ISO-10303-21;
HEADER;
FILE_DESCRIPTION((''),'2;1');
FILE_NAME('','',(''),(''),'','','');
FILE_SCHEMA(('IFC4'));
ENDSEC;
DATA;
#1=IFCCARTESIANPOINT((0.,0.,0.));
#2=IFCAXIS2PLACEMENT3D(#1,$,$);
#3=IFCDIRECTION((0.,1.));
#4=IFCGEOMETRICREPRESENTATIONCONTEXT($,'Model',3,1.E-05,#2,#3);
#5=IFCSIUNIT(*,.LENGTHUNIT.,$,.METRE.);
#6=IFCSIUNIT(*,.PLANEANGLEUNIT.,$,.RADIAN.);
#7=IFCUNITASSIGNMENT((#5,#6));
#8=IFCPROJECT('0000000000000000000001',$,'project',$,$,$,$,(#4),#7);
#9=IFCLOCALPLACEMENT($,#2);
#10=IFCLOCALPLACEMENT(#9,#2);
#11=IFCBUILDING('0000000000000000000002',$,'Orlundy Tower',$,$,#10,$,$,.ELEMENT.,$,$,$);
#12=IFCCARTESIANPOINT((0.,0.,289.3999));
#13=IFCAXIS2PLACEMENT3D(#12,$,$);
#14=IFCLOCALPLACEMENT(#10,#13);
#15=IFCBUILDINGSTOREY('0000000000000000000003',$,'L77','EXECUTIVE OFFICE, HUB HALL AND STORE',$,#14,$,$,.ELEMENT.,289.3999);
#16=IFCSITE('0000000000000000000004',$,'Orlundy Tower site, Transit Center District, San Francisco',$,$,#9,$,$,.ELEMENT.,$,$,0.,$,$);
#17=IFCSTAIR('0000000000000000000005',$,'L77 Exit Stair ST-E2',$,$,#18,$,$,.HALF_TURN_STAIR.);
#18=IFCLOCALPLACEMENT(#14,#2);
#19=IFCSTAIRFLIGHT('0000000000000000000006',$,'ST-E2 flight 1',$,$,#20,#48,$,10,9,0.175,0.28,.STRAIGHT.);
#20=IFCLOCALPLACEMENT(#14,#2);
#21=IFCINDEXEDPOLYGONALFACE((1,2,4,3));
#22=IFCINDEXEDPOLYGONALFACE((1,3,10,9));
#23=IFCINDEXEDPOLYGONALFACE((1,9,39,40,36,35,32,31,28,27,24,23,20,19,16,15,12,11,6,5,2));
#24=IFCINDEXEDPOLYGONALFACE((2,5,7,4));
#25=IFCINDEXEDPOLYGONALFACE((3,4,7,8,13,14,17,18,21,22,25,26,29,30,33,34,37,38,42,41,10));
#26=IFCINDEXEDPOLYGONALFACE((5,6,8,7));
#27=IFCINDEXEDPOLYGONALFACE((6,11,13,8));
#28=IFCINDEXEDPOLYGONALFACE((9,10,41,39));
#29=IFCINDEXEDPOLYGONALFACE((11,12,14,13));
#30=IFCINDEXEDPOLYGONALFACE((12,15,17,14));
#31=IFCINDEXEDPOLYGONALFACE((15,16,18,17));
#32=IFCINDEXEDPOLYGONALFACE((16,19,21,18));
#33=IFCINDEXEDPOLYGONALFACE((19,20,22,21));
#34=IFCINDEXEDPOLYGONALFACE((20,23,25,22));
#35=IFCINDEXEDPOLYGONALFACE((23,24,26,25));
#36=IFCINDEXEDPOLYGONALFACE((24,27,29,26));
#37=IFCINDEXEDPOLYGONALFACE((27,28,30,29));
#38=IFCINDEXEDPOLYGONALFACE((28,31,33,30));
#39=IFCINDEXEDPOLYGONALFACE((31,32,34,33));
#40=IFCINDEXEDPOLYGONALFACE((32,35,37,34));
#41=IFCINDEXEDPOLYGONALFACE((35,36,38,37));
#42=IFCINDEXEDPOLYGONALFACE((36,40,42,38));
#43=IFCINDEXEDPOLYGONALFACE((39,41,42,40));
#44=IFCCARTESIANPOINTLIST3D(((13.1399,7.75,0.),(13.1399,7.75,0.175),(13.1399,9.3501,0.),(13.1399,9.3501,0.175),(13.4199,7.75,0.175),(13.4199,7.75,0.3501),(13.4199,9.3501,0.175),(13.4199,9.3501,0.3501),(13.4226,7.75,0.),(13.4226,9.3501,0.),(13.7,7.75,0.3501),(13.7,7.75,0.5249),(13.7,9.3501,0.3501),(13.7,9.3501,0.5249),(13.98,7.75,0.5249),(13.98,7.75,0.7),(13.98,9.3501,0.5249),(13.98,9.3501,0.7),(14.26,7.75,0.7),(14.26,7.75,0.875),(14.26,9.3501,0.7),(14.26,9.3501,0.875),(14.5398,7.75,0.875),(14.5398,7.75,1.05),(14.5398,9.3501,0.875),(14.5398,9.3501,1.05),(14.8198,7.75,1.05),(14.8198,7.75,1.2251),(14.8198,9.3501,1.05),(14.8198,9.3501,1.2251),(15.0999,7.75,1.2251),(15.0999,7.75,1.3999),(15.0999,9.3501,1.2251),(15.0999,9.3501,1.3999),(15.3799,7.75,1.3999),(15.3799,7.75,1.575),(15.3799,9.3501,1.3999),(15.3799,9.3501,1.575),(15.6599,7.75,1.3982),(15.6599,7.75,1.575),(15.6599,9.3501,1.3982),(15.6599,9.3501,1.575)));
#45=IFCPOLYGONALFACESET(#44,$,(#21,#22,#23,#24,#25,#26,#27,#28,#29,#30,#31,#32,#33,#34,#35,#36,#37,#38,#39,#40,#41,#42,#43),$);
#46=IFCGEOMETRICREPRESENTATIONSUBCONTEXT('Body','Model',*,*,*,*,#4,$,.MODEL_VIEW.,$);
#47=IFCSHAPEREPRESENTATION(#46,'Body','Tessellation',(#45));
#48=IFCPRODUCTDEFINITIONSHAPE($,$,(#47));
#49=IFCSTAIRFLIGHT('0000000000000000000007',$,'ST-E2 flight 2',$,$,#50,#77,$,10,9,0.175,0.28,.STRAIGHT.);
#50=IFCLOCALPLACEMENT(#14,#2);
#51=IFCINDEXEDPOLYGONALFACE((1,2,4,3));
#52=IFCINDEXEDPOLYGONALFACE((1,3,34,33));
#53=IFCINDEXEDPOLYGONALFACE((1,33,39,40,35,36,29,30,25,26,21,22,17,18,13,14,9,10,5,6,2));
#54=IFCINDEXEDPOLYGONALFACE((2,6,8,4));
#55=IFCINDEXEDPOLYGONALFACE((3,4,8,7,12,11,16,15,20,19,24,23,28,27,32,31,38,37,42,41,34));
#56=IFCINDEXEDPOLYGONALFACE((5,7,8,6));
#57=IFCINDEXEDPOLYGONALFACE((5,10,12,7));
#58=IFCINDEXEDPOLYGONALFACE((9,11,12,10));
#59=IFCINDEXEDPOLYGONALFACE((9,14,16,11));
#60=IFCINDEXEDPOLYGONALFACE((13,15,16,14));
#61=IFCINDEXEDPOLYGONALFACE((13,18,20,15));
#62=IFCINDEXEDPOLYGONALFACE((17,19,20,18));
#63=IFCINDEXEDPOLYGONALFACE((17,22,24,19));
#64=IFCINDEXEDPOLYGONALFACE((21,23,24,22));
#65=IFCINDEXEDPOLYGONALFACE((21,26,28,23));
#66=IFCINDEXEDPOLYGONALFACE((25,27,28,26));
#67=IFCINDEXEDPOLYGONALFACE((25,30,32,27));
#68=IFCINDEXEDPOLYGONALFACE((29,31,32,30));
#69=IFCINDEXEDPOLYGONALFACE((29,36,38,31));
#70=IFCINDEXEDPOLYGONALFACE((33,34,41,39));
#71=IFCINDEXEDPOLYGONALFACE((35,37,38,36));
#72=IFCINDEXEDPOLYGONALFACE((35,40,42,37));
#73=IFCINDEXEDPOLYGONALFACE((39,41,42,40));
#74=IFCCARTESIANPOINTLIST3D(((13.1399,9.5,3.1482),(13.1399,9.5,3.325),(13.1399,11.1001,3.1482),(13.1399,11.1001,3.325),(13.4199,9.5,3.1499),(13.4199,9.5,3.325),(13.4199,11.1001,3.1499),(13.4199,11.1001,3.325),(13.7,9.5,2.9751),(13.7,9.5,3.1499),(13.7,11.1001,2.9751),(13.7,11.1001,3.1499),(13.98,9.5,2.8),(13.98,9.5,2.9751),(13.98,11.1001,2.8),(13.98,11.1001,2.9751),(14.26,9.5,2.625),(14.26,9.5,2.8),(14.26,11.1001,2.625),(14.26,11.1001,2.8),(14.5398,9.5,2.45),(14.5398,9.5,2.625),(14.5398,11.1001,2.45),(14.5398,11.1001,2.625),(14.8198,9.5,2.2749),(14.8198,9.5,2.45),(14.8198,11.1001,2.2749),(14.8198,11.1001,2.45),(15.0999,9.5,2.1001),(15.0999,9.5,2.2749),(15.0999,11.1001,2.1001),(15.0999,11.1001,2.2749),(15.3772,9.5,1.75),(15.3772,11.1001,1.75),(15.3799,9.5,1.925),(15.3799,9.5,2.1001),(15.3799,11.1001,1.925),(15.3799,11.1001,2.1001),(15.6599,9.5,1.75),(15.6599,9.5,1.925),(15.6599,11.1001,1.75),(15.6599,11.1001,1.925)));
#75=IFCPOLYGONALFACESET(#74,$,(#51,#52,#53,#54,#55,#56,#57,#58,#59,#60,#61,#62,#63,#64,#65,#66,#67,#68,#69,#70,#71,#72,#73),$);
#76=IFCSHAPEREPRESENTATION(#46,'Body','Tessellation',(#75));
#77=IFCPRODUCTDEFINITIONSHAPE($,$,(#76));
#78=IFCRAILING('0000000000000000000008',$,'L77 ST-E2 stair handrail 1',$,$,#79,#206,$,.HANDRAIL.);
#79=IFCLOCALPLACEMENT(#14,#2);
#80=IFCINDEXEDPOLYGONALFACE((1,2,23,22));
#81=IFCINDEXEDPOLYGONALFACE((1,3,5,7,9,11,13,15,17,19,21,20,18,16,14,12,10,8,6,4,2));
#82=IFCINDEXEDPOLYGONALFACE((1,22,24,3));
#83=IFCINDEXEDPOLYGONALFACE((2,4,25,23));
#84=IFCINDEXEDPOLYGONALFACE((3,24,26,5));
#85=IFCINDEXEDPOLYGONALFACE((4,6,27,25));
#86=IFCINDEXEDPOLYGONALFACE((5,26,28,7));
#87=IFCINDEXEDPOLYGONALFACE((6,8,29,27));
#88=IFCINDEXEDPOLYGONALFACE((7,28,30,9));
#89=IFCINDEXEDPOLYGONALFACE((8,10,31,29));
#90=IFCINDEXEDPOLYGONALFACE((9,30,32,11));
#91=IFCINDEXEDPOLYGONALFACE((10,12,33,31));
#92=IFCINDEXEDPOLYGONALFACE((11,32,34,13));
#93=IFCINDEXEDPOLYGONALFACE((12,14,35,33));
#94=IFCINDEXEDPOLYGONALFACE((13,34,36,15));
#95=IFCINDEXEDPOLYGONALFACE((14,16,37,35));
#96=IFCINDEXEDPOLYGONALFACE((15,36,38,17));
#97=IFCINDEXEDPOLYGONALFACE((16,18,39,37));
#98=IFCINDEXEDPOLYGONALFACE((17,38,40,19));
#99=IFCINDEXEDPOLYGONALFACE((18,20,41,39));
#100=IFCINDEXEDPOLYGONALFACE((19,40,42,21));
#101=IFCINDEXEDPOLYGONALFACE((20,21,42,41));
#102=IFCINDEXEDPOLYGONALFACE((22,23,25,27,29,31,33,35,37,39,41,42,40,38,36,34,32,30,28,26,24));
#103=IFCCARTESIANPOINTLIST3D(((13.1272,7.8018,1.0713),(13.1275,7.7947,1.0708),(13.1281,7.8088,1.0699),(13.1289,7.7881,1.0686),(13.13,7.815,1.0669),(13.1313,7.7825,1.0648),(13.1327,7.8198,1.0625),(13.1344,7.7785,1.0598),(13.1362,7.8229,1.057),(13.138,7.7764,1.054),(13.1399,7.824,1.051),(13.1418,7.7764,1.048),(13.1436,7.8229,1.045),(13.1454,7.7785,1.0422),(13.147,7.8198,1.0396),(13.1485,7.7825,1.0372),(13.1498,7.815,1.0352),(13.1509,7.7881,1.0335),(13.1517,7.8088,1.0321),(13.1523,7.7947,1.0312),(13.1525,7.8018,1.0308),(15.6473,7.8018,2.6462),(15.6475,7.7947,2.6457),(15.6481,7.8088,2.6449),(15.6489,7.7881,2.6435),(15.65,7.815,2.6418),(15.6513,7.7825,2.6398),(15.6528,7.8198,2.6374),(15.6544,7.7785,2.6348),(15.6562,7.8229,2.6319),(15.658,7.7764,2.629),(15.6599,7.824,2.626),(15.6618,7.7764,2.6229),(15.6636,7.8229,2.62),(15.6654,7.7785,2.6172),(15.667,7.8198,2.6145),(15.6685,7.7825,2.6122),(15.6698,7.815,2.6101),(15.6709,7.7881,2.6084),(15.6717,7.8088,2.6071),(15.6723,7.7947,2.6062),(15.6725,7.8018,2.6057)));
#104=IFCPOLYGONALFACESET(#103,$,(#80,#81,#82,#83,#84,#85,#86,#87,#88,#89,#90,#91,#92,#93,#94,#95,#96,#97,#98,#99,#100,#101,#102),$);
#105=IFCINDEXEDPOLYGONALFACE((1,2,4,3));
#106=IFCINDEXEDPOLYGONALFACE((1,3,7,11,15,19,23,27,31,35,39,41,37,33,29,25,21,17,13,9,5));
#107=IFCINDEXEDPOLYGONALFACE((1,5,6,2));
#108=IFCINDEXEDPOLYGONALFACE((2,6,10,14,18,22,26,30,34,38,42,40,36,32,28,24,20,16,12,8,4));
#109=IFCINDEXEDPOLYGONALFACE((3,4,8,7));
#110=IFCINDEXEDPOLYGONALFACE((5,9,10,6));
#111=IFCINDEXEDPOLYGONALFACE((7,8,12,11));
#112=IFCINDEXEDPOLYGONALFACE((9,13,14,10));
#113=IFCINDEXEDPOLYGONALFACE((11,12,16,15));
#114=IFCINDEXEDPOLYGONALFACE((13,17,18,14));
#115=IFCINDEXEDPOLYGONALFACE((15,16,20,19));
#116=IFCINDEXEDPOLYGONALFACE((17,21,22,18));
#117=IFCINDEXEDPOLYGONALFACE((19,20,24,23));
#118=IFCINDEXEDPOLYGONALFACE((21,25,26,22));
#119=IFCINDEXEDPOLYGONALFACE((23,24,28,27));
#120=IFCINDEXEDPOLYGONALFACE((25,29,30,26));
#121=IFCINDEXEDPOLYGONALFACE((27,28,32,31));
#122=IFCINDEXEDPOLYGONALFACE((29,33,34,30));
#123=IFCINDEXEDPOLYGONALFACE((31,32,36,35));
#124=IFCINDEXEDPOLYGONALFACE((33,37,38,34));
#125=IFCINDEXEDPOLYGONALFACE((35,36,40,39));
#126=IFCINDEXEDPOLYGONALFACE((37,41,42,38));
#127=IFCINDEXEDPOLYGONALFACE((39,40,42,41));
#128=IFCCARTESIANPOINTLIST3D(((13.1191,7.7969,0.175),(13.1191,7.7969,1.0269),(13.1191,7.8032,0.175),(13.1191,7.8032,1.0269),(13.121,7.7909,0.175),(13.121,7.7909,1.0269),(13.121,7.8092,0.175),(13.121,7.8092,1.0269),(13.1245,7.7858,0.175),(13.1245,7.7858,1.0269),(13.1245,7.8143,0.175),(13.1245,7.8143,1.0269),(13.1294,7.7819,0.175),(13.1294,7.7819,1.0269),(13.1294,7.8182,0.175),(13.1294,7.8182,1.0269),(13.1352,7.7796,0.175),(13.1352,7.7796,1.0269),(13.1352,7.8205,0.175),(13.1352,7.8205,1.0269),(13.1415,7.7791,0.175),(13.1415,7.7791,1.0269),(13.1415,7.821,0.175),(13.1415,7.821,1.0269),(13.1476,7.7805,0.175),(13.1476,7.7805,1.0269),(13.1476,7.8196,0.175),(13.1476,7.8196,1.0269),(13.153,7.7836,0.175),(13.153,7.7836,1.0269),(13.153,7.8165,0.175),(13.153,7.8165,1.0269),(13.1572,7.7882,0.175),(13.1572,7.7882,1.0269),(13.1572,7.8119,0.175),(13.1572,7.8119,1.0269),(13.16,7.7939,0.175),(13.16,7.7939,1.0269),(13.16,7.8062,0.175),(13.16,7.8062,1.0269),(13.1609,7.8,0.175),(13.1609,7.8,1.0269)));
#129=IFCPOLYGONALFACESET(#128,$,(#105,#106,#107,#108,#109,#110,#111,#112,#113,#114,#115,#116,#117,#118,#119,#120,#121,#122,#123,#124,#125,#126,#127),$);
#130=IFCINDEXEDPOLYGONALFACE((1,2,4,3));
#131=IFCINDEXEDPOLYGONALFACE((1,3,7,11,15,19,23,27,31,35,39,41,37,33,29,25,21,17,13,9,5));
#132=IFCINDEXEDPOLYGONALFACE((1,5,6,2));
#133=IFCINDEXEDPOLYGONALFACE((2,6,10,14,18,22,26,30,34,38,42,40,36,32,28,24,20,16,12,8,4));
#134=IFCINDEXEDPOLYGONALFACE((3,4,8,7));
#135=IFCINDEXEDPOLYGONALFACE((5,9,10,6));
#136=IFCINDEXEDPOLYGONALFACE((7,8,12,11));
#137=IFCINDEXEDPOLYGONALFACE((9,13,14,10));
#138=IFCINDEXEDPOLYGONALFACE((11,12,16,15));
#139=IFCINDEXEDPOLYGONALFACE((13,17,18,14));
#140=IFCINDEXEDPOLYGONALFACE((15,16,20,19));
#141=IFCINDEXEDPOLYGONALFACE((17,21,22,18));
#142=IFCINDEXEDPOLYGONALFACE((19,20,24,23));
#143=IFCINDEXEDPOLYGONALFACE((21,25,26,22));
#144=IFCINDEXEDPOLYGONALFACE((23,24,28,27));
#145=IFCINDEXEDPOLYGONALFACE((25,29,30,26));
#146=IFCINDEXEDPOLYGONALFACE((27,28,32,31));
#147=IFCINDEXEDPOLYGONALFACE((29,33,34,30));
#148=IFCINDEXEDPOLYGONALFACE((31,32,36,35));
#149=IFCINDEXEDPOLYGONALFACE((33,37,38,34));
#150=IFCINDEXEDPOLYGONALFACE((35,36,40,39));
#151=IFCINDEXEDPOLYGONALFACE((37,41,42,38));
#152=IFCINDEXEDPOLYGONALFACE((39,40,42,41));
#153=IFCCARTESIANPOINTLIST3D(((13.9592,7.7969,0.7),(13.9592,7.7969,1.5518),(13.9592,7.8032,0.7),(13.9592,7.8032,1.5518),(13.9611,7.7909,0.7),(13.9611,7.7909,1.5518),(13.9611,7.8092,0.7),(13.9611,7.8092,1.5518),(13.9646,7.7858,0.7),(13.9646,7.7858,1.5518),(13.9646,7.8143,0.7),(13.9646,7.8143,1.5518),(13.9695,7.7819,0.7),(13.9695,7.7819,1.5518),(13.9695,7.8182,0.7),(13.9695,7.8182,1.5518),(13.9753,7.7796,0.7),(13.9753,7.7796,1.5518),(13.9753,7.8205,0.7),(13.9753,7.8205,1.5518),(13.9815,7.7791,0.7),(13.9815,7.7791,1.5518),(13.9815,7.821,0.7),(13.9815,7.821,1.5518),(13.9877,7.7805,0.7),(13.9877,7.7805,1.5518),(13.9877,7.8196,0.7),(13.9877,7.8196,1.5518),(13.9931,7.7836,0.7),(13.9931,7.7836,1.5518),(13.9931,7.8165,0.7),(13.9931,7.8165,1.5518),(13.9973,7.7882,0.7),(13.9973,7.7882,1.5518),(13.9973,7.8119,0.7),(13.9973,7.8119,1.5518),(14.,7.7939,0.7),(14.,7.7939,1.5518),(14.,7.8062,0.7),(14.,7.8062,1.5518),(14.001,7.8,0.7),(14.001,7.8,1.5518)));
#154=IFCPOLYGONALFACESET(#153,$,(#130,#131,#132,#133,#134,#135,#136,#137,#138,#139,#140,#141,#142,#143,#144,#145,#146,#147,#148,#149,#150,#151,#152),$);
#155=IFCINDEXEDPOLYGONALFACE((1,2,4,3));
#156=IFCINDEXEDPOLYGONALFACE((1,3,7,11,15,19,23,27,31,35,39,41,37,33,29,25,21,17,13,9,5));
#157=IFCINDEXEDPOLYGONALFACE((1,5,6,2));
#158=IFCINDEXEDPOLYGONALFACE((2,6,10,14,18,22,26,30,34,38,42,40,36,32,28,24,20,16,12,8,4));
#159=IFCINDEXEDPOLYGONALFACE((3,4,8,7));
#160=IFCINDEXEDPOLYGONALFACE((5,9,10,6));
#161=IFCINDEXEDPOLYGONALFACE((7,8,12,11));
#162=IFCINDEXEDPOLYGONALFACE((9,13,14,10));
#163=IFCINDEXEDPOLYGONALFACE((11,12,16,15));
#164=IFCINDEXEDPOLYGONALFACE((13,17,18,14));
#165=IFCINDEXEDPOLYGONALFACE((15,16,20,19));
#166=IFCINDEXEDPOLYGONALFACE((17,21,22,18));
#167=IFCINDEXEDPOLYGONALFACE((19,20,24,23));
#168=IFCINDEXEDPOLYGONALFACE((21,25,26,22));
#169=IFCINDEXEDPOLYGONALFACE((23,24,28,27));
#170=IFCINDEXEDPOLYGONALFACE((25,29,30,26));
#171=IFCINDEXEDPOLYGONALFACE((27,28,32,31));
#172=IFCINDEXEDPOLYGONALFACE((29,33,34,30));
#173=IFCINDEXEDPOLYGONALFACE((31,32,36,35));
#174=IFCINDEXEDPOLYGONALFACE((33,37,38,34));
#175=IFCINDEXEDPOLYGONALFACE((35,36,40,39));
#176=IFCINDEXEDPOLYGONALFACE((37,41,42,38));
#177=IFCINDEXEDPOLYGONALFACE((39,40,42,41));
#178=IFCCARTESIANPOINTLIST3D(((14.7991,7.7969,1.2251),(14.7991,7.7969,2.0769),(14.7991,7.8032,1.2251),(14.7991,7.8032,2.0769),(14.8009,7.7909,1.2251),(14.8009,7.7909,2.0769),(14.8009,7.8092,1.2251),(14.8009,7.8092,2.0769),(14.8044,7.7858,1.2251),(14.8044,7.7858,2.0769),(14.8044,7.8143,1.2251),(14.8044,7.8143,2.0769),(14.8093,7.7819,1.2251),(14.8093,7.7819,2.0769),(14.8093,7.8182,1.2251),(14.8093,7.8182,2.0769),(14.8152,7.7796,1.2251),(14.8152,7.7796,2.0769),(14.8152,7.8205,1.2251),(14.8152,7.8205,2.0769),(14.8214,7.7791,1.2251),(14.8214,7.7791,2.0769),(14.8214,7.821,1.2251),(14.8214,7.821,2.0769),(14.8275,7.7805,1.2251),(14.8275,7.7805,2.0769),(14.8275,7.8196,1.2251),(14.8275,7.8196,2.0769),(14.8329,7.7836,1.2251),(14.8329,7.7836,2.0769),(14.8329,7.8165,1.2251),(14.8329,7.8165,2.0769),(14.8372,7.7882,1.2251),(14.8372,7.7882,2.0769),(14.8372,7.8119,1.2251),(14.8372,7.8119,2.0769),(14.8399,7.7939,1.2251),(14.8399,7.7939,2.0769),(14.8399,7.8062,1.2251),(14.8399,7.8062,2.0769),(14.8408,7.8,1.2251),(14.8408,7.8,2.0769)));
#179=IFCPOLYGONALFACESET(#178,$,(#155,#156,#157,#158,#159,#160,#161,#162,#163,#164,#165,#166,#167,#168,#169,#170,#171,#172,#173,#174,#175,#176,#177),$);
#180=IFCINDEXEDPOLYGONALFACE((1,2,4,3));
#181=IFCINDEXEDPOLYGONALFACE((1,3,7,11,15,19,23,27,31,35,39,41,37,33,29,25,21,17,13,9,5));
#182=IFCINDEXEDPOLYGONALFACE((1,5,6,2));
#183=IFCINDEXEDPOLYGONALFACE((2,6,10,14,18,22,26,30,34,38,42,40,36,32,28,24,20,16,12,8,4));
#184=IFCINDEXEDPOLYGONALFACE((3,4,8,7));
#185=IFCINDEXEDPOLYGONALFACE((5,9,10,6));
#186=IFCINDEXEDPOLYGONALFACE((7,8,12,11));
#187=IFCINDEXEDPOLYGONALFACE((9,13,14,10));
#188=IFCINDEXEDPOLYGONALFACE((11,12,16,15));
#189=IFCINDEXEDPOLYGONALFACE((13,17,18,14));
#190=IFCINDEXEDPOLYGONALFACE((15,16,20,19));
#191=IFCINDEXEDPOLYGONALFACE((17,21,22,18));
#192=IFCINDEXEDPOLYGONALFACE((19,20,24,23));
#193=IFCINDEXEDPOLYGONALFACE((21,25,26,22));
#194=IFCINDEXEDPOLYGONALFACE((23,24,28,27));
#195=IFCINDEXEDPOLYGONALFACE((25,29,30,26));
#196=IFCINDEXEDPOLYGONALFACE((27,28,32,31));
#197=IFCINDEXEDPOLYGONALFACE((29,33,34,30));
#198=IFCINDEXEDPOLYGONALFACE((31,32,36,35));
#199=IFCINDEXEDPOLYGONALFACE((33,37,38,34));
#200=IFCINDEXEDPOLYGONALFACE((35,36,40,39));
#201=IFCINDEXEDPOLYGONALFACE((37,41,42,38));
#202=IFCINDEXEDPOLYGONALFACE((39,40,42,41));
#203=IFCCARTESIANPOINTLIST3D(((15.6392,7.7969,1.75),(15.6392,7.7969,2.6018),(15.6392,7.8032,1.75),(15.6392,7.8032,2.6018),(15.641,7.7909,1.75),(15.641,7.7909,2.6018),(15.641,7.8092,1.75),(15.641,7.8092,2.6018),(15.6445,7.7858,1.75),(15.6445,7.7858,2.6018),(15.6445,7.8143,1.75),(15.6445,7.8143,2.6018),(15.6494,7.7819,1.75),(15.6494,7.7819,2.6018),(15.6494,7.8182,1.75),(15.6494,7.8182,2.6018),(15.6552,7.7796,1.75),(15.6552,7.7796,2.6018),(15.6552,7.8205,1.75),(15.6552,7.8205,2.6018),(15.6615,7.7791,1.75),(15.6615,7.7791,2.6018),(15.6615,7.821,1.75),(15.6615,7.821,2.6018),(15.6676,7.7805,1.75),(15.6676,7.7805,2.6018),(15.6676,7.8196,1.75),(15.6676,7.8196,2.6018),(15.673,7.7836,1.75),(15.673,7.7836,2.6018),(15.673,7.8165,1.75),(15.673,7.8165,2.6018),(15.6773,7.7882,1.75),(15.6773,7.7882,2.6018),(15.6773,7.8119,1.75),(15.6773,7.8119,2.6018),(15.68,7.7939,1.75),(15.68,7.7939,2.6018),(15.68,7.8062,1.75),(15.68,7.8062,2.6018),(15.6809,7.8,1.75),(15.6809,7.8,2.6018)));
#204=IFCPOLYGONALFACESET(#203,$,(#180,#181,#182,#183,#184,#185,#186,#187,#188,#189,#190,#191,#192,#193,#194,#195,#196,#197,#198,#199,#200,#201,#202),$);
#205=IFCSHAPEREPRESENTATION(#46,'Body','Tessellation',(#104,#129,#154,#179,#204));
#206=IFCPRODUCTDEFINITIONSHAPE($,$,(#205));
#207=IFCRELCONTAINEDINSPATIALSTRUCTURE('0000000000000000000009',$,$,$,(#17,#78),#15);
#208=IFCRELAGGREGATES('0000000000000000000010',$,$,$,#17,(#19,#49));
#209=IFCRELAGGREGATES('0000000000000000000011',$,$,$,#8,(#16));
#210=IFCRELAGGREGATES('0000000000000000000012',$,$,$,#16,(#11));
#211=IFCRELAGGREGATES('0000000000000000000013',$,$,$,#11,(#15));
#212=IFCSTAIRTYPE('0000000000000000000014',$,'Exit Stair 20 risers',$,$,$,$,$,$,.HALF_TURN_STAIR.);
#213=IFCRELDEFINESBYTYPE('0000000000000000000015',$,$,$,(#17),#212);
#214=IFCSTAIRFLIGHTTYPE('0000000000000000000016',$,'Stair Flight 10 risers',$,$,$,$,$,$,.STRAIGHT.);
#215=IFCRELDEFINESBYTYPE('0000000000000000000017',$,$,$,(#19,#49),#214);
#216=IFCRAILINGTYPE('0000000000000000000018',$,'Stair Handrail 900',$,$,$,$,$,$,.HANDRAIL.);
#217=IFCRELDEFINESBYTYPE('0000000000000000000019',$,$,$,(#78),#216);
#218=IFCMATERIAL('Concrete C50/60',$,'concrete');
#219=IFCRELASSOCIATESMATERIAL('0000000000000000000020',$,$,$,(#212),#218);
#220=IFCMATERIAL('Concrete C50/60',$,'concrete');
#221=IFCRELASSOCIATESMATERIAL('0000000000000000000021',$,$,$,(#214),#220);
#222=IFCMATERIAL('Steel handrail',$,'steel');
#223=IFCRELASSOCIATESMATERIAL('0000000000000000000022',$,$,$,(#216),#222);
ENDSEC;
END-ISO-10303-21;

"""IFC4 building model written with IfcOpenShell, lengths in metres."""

from ifc_helpers import new_model, si_unit, direction, frame, origin, origin_2d, place, context, subcontext, project, spatial, polyline, circle, outline, extrude, material, type_object, element, aggregate, save


model = new_model("IFC4")

# Units and contexts
model_context = context("Model", 3, precision=1e-05, world=origin(), true_north=direction((0.0, 1.0)))
body_context = subcontext(model_context, "Body", "Model", "MODEL_VIEW")
ifc_project = project(units=[si_unit("LENGTHUNIT", "METRE"), si_unit("PLANEANGLEUNIT", "RADIAN")], contexts=[model_context])

# Site, building, storey
site_placement = place(None, origin())
site = spatial("IfcSite", under=ifc_project, at=site_placement, Name="Orlundy Tower site, Transit Center District, San Francisco", CompositionType="ELEMENT", RefElevation=0.0)
building_placement = place(site_placement, origin())
building = spatial("IfcBuilding", under=site, at=building_placement, Name="Orlundy Tower", CompositionType="ELEMENT")
storey_placement = place(building_placement, frame((0.0, 0.0, 289.3999)))
storey = spatial("IfcBuildingStorey", under=building, at=storey_placement, Name="L77", Description="EXECUTIVE OFFICE, HUB HALL AND STORE", CompositionType="ELEMENT", Elevation=289.3999)

# Stair, stair flights
ifc_material_1 = material(Name="Concrete C50/60", Category="concrete")
stair_type = type_object("IfcStairType", Name="Exit Stair 20 risers", PredefinedType="HALF_TURN_STAIR", material=ifc_material_1)
stair_placement = place(storey_placement, origin())
stair = element("IfcStair", 1, at=stair_placement, inside=storey, type_object=stair_type, Name="L77 Exit Stair ST-E2", PredefinedType="HALF_TURN_STAIR")
ifc_material_2 = material(Name="Concrete C50/60", Category="concrete")
stair_flight_type = type_object("IfcStairFlightType", Name="Stair Flight 10 risers", PredefinedType="STRAIGHT", material=ifc_material_2)
stair_flight_1_placement = place(storey_placement, frame((13.1399, 8.55, 0.0), z_axis=(0.0, 0.0, 1.0), x_axis=(1.0, 0.0, 0.0)))
stair_flight_1 = element("IfcStairFlight", 2, at=stair_flight_1_placement, type_object=stair_flight_type, Name="ST-E2 flight 1", NumberOfRisers=10, NumberOfTreads=9, PredefinedType="STRAIGHT", RiserHeight=0.175, TreadLength=0.28, context=body_context, shape_type="SweptSolid", body=[
    extrude(outline(polyline([(0.0, 0.0), (0.0, 0.175), (0.28, 0.175), (0.28, 0.3501), (0.5601, 0.3501), (0.5601, 0.5249), (0.8401, 0.5249), (0.8401, 0.7), (1.1201, 0.7), (1.1201, 0.875), (1.3999, 0.875), (1.3999, 1.05), (1.6799, 1.05), (1.6799, 1.2251), (1.96, 1.2251), (1.96, 1.3999), (2.24, 1.3999), (2.24, 1.575), (2.52, 1.575), (2.52, 1.75), (2.52, 1.3982), (0.2827, 0.0), (0.0, 0.0)])), frame((0.0, 0.8, 0.0), z_axis=(0.0, -1.0, 0.0), x_axis=(1.0, 0.0, 0.0)), (0.0, 0.0, 1.0), 1.6001),
])
stair_flight_2_placement = place(storey_placement, frame((15.6599, 10.3, 1.75), z_axis=(0.0, 0.0, 1.0), x_axis=(-1.0, 0.0, 0.0)))
stair_flight_2 = element("IfcStairFlight", 3, at=stair_flight_2_placement, type_object=stair_flight_type, Name="ST-E2 flight 2", NumberOfRisers=10, NumberOfTreads=9, PredefinedType="STRAIGHT", RiserHeight=0.175, TreadLength=0.28, context=body_context, shape_type="SweptSolid", body=[
    extrude(outline(polyline([(0.0, 0.0), (0.0, 0.175), (0.28, 0.175), (0.28, 0.3501), (0.5601, 0.3501), (0.5601, 0.5249), (0.8401, 0.5249), (0.8401, 0.7), (1.1201, 0.7), (1.1201, 0.875), (1.3999, 0.875), (1.3999, 1.05), (1.6799, 1.05), (1.6799, 1.2251), (1.96, 1.2251), (1.96, 1.3999), (2.24, 1.3999), (2.24, 1.575), (2.52, 1.575), (2.52, 1.75), (2.52, 1.3982), (0.2827, 0.0), (0.0, 0.0)])), frame((0.0, 0.8, 0.0), z_axis=(0.0, -1.0, 0.0), x_axis=(1.0, 0.0, 0.0)), (0.0, 0.0, 1.0), 1.6001),
])
aggregate(stair, [stair_flight_1, stair_flight_2])

# Railing
ifc_material_3 = material(Name="Steel handrail", Category="steel")
railing_type_1 = type_object("IfcRailingType", Name="Stair Handrail 900", PredefinedType="HANDRAIL", material=ifc_material_3)
railing_1_placement = place(storey_placement, frame((13.1399, 7.8, 0.175)))
element("IfcRailing", 4, at=railing_1_placement, inside=storey, type_object=railing_type_1, Name="L77 ST-E2 stair handrail 1", PredefinedType="HANDRAIL", context=body_context, shape_type="SweptSolid", body=[
    extrude(circle(Radius=0.0239, at=origin_2d()), frame((0.0, 0.0, 0.876), z_axis=(0.848008, 0.0, 0.529984), x_axis=(0.0, 1.0, 0.0)), (0.0, 0.0, 1.0), 2.9717),
    extrude(circle(Radius=0.021, at=origin_2d()), origin(), (0.0, 0.0, 1.0), 0.8518),
    extrude(circle(Radius=0.021, at=origin_2d()), frame((0.8401, 0.0, 0.5249)), (0.0, 0.0, 1.0), 0.8518),
    extrude(circle(Radius=0.021, at=origin_2d()), frame((1.6799, 0.0, 1.05)), (0.0, 0.0, 1.0), 0.8518),
    extrude(circle(Radius=0.021, at=origin_2d()), frame((2.52, 0.0, 1.575)), (0.0, 0.0, 1.0), 0.8518),
])

save(model, "model.ifc")
